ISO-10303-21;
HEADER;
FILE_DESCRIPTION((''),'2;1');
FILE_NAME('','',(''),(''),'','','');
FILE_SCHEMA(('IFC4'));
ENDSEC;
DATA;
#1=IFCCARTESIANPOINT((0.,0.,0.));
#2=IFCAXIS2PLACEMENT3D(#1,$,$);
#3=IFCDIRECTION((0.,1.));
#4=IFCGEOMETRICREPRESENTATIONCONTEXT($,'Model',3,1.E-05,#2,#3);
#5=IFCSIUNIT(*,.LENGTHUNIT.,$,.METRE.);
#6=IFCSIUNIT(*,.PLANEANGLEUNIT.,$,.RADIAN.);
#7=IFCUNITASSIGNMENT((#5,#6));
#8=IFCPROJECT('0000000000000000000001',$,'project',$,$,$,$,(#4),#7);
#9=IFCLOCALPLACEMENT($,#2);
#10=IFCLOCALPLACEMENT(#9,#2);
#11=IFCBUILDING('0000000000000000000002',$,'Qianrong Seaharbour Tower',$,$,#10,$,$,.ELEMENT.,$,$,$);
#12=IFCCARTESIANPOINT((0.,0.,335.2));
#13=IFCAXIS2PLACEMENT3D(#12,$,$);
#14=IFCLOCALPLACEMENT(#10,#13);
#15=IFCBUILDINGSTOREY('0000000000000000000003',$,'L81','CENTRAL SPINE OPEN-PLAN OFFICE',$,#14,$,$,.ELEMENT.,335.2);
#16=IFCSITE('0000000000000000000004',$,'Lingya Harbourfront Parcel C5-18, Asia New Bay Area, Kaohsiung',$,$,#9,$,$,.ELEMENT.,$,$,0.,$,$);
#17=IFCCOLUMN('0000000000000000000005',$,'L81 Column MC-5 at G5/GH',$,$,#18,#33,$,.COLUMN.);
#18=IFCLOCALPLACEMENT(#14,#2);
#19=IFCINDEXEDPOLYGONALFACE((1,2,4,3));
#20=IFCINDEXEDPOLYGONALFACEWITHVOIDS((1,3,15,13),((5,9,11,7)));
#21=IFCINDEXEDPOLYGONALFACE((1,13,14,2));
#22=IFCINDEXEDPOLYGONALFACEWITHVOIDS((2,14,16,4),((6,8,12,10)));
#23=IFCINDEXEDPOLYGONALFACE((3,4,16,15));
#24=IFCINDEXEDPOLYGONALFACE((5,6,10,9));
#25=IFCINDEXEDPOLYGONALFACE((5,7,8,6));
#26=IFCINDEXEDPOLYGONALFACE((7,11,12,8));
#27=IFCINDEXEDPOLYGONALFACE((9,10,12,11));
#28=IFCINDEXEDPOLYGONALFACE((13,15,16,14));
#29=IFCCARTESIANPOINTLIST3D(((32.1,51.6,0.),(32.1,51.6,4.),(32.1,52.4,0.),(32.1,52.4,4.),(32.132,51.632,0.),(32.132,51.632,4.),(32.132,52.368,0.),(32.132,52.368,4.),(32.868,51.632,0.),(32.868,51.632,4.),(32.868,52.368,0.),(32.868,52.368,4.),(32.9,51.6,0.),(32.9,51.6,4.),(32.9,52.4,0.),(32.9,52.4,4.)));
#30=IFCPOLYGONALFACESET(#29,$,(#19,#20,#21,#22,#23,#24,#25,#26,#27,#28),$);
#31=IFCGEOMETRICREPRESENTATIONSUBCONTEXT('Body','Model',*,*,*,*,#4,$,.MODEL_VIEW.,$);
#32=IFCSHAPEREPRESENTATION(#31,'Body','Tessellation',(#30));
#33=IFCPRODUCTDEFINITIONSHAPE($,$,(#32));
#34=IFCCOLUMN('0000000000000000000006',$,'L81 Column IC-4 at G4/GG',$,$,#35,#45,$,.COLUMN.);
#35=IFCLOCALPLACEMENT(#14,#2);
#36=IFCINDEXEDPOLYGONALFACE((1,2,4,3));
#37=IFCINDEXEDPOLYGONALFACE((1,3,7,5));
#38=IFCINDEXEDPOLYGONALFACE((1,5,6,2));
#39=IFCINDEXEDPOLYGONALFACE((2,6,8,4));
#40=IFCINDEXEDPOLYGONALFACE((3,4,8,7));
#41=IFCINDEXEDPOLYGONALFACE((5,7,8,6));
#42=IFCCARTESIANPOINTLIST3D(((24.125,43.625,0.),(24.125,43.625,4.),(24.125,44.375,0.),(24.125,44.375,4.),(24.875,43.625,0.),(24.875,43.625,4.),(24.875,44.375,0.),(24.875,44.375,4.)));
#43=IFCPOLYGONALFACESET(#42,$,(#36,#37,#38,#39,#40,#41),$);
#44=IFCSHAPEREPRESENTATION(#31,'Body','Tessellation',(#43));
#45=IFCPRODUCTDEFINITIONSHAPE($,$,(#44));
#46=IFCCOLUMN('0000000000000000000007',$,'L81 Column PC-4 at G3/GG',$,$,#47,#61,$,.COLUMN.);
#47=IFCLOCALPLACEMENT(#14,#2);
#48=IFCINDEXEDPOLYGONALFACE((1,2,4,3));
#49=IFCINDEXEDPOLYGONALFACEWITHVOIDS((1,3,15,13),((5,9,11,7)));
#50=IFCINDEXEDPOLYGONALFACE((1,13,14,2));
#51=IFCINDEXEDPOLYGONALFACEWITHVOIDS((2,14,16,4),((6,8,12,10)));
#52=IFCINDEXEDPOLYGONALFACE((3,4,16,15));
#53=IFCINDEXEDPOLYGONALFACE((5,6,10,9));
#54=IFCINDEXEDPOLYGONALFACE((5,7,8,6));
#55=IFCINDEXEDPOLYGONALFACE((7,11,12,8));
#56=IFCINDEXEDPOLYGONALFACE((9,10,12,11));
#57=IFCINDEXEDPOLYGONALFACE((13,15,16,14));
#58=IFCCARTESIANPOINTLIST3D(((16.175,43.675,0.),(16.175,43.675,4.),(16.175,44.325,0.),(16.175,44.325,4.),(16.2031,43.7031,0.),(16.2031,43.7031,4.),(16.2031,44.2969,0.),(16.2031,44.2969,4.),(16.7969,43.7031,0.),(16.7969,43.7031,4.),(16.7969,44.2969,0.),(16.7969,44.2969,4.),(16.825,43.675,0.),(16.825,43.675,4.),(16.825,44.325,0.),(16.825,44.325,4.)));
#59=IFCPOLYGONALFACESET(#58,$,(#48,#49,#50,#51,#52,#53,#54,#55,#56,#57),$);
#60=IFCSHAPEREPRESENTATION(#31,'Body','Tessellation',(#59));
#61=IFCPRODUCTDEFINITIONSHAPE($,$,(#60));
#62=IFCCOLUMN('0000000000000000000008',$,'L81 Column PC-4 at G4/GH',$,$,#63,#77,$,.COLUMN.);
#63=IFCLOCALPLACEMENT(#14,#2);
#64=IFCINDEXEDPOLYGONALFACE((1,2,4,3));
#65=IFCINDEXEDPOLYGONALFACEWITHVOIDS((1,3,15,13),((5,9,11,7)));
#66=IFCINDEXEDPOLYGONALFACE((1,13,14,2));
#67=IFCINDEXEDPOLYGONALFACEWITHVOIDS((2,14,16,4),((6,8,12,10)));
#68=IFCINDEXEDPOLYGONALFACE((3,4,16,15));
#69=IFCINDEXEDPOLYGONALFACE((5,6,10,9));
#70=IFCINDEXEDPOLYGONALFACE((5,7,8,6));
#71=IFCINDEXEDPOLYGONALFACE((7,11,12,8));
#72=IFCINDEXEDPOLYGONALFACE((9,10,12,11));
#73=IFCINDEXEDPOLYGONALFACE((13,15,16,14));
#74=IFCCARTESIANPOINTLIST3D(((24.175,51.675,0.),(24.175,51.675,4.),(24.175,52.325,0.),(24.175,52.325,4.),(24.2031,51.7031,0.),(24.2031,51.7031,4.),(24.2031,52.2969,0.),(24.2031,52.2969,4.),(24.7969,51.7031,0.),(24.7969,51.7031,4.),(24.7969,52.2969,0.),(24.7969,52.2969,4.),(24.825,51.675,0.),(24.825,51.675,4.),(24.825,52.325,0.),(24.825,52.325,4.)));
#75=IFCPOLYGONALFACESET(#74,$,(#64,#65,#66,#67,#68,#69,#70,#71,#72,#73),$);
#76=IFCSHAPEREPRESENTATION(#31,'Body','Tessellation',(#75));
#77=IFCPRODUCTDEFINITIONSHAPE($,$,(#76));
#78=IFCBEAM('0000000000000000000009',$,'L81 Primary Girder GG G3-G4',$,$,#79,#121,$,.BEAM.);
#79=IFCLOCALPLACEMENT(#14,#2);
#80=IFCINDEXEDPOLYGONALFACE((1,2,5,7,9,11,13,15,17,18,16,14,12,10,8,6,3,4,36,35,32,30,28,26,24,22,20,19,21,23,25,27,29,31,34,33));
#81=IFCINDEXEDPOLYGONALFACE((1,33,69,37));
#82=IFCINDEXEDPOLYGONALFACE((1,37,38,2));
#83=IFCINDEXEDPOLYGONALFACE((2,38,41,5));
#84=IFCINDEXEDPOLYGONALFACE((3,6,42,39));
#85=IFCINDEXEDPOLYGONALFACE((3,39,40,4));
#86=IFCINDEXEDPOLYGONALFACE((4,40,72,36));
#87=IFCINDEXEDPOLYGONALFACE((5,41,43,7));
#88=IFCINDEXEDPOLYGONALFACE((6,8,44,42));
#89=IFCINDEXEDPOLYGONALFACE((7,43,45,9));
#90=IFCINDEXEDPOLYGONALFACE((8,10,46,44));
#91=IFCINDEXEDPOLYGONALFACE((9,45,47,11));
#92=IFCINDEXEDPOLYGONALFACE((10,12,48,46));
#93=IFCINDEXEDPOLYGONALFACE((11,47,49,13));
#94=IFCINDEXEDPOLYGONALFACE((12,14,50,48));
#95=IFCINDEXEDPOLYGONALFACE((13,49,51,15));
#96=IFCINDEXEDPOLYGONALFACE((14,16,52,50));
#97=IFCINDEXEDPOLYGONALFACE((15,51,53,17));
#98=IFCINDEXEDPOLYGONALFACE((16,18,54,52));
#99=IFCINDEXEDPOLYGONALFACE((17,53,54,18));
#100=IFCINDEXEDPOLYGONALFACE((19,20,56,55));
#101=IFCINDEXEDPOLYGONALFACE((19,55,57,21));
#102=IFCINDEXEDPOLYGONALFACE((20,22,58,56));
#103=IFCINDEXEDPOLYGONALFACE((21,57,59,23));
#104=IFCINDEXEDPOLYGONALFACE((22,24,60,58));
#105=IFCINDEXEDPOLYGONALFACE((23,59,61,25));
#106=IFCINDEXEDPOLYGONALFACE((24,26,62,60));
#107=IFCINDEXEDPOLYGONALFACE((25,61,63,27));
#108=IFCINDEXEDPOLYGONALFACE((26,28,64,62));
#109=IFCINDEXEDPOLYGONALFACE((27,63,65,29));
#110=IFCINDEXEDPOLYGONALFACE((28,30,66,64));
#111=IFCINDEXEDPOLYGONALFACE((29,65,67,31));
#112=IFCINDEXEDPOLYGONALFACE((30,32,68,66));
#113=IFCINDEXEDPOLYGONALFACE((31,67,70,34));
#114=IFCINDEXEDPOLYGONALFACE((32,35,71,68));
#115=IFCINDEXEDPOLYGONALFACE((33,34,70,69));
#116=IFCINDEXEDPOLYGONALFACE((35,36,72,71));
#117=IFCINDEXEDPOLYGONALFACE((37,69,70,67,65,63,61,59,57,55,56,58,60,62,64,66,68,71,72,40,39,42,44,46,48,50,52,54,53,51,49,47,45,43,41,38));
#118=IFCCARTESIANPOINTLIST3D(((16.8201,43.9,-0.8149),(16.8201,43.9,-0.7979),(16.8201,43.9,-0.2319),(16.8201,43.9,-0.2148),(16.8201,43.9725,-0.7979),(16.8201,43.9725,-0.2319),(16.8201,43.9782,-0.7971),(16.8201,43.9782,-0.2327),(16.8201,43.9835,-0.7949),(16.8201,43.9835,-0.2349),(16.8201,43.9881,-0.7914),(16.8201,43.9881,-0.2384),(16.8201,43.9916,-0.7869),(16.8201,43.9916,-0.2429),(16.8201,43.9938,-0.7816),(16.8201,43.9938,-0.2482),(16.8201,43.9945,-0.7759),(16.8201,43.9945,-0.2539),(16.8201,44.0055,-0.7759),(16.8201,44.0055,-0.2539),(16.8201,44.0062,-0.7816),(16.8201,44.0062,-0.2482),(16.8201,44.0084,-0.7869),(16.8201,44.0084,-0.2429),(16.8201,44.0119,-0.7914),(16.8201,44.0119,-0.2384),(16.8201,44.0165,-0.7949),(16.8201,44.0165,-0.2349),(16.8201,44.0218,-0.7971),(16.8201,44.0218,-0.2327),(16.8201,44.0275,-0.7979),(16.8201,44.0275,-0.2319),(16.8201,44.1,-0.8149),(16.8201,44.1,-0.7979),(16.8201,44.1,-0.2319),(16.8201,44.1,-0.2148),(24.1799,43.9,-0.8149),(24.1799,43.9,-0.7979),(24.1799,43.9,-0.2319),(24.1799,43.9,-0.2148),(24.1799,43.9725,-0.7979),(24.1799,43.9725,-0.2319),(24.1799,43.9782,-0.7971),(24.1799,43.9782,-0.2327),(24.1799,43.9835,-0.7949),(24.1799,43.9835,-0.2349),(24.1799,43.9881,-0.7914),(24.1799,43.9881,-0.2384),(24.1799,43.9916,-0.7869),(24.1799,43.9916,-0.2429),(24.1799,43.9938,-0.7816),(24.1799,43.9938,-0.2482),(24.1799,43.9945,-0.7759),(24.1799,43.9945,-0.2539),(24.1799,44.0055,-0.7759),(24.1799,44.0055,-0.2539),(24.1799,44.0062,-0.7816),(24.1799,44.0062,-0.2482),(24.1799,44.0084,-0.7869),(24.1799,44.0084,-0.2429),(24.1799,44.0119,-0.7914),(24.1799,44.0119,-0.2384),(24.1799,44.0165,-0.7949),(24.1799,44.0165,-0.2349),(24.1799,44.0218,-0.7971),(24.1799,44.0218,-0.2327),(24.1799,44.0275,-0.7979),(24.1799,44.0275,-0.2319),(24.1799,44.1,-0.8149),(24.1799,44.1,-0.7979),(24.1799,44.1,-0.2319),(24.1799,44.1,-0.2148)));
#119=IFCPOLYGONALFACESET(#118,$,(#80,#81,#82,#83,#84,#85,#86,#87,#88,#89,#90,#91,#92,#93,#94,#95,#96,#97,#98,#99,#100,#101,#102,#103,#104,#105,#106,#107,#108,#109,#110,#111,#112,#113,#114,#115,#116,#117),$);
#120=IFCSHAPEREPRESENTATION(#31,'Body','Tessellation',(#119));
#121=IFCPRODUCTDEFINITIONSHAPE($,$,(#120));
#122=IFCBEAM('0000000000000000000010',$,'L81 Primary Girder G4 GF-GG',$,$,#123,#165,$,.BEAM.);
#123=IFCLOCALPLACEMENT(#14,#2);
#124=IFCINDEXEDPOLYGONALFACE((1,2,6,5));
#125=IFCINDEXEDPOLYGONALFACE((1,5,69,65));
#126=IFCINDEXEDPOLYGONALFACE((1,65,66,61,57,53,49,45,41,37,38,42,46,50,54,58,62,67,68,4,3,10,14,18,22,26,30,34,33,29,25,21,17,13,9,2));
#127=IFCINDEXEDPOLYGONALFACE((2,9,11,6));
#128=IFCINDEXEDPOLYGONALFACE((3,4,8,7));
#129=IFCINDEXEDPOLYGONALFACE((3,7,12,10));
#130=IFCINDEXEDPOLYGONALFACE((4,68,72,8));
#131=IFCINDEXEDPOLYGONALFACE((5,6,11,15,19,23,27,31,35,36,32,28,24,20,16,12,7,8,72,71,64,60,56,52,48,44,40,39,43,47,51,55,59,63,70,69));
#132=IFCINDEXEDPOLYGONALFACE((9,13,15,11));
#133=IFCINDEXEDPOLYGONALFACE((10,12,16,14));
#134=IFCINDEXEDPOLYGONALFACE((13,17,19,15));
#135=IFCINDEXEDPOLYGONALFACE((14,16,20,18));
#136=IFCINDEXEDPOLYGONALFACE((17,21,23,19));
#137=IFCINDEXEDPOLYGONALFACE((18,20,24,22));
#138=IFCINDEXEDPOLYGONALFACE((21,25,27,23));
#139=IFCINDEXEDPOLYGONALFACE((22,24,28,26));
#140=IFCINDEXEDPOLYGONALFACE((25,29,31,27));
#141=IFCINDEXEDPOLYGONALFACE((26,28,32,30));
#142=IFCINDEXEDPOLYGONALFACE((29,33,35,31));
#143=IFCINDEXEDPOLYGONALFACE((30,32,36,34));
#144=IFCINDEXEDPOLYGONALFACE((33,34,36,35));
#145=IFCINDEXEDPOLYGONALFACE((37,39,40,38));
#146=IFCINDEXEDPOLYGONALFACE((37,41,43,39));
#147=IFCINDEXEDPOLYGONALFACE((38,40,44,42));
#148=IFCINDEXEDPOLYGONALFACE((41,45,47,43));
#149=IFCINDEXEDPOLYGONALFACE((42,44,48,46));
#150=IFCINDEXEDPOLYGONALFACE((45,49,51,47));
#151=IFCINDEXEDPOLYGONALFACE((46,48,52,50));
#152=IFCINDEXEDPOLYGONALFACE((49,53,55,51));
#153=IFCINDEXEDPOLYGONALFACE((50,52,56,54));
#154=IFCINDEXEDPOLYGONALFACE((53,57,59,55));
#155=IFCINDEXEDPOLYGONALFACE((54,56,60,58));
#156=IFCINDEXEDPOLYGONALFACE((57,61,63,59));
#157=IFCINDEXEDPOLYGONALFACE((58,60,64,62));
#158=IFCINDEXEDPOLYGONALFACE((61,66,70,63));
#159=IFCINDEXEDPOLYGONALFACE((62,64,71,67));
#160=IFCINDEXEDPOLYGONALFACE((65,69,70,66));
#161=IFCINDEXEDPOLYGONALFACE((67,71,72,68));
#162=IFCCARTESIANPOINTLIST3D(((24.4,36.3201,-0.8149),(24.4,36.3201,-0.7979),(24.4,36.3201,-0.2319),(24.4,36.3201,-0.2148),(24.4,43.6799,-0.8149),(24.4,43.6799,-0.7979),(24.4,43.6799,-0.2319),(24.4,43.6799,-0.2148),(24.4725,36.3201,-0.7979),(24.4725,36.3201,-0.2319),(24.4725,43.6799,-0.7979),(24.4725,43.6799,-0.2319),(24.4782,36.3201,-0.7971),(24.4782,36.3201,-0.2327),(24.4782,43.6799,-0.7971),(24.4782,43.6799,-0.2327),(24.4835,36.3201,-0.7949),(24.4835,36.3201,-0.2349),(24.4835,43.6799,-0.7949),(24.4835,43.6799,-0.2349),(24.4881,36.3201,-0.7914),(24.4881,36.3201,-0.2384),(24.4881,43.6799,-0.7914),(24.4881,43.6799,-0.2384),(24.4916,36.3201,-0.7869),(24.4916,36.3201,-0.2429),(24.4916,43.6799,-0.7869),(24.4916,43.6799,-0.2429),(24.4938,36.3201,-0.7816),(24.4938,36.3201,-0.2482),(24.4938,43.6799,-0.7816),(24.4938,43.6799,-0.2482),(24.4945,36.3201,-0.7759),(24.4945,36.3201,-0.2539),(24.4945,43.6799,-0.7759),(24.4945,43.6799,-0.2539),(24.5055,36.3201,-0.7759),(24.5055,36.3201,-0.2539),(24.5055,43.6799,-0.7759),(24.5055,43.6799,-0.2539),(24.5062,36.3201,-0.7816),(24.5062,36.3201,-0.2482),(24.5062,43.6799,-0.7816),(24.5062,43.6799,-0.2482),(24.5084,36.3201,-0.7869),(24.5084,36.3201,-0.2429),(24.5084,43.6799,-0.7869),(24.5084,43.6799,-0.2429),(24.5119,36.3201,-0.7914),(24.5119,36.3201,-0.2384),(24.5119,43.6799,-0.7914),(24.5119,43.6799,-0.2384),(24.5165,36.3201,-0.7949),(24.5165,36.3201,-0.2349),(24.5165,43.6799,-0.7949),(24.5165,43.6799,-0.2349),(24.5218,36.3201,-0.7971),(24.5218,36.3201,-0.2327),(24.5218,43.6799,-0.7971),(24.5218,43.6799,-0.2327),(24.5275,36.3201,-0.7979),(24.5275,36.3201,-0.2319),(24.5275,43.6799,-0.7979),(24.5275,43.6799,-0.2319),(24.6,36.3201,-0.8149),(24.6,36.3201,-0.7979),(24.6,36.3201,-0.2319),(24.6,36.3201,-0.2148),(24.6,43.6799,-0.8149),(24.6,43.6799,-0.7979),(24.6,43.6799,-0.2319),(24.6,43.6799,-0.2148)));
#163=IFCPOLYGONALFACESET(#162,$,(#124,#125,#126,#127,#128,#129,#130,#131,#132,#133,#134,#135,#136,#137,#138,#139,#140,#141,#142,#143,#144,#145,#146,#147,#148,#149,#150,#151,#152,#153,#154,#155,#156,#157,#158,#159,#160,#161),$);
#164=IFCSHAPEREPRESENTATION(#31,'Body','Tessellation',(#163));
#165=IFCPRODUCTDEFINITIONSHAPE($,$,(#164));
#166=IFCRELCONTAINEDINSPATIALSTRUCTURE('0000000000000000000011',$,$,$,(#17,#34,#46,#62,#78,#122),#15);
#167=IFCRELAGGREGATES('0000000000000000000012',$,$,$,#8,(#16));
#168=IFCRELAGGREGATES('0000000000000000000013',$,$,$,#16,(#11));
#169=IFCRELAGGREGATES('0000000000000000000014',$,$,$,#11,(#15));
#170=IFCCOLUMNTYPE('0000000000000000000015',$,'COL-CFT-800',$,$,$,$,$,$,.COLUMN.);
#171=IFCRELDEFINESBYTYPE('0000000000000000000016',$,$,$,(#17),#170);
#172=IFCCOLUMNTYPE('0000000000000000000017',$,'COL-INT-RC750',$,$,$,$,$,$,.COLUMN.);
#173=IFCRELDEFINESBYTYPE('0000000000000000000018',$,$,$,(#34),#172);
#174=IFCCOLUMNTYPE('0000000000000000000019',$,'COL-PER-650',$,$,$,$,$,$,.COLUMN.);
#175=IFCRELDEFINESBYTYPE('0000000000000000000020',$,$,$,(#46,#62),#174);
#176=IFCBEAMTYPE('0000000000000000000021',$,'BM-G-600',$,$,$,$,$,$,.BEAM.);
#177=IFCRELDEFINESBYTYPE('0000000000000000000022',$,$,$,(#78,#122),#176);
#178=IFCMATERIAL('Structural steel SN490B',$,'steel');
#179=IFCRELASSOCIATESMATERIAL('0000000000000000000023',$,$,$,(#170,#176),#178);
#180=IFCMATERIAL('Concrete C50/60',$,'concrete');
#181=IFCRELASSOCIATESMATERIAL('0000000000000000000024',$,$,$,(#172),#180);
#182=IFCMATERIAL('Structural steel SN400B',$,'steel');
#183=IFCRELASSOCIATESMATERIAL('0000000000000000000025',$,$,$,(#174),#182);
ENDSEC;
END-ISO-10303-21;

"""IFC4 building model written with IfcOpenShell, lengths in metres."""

from ifc_helpers import new_model, si_unit, direction, frame, origin, origin_2d, place, context, subcontext, project, spatial, rectangle, hollow_rectangle, i_section, extrude, material, material_profile, profile_set, type_object, element, save


model = new_model("IFC4")

# Units and contexts
model_context = context("Model", 3, precision=1e-05, world=origin(), true_north=direction((0.0, 1.0)))
body_context = subcontext(model_context, "Body", "Model", "MODEL_VIEW")
ifc_project = project(units=[si_unit("LENGTHUNIT", "METRE"), si_unit("PLANEANGLEUNIT", "RADIAN")], contexts=[model_context])

# Site, building, storey
site_placement = place(None, origin())
site = spatial("IfcSite", under=ifc_project, at=site_placement, Name="Lingya Harbourfront Parcel C5-18, Asia New Bay Area, Kaohsiung", CompositionType="ELEMENT", RefElevation=0.0)
building_placement = place(site_placement, origin())
building = spatial("IfcBuilding", under=site, at=building_placement, Name="Qianrong Seaharbour Tower", CompositionType="ELEMENT")
storey_placement = place(building_placement, frame((0.0, 0.0, 335.2)))
storey = spatial("IfcBuildingStorey", under=building, at=storey_placement, Name="L81", Description="CENTRAL SPINE OPEN-PLAN OFFICE", CompositionType="ELEMENT", Elevation=335.2)

# Columns
ifc_material_1 = material(Name="Structural steel SN490B", Category="steel")
ifc_material_profile_1 = material_profile(ifc_material_1, hollow_rectangle(XDim=0.8, YDim=0.8, WallThickness=0.032, at=origin_2d()), Name="BOX800x800x32")
ifc_profile_set_1 = profile_set([ifc_material_profile_1], Name="Structural steel SN490B")
column_type_1 = type_object("IfcColumnType", Name="COL-CFT-800", PredefinedType="COLUMN", material=ifc_profile_set_1)
column_1_placement = place(storey_placement, frame((32.5, 52.0, 0.0), z_axis=(0.0, 0.0, 1.0), x_axis=(1.0, 0.0, 0.0)))
element("IfcColumn", 1, at=column_1_placement, inside=storey, type_object=column_type_1, Name="L81 Column MC-5 at G5/GH", PredefinedType="COLUMN", context=body_context, shape_type="SweptSolid", body=[
    extrude(hollow_rectangle(XDim=0.8, YDim=0.8, WallThickness=0.032, at=origin_2d()), origin(), (0.0, 0.0, 1.0), 4.0),
])
ifc_material_2 = material(Name="Concrete C50/60", Category="concrete")
ifc_material_profile_2 = material_profile(ifc_material_2, rectangle(XDim=0.75, YDim=0.75, at=origin_2d()), Name="RC750x750")
ifc_profile_set_2 = profile_set([ifc_material_profile_2], Name="Concrete C50/60")
column_type_2 = type_object("IfcColumnType", Name="COL-INT-RC750", PredefinedType="COLUMN", material=ifc_profile_set_2)
column_2_placement = place(storey_placement, frame((24.5, 44.0, 0.0), z_axis=(0.0, 0.0, 1.0), x_axis=(1.0, 0.0, 0.0)))
element("IfcColumn", 2, at=column_2_placement, inside=storey, type_object=column_type_2, Name="L81 Column IC-4 at G4/GG", PredefinedType="COLUMN", context=body_context, shape_type="SweptSolid", body=[
    extrude(rectangle(XDim=0.75, YDim=0.75, at=origin_2d()), origin(), (0.0, 0.0, 1.0), 4.0),
])
ifc_material_3 = material(Name="Structural steel SN400B", Category="steel")
ifc_material_profile_3 = material_profile(ifc_material_3, hollow_rectangle(XDim=0.6499, YDim=0.6499, WallThickness=0.0281, at=origin_2d()), Name="BOX650x650x28")
ifc_profile_set_3 = profile_set([ifc_material_profile_3], Name="Structural steel SN400B")
column_type_3 = type_object("IfcColumnType", Name="COL-PER-650", PredefinedType="COLUMN", material=ifc_profile_set_3)
for number, where, z_axis, x_axis, name in (
    (3, (16.5, 44.0, 0.0), (0.0, 0.0, 1.0), (1.0, 0.0, 0.0), "L81 Column PC-4 at G3/GG"),
    (4, (24.5, 52.0, 0.0), (0.0, 0.0, 1.0), (1.0, 0.0, 0.0), "L81 Column PC-4 at G4/GH"),
):
    element("IfcColumn", number, at=place(storey_placement, frame(where, z_axis=z_axis, x_axis=x_axis)), inside=storey, type_object=column_type_3, Name=name, PredefinedType="COLUMN", context=body_context, shape_type="SweptSolid", body=[
        extrude(hollow_rectangle(XDim=0.6499, YDim=0.6499, WallThickness=0.0281, at=origin_2d()), origin(), (0.0, 0.0, 1.0), 4.0),
    ])

# Beams
ifc_material_profile_4 = material_profile(ifc_material_1, i_section(OverallWidth=0.2, OverallDepth=0.6001, WebThickness=0.011, FlangeThickness=0.0171, FilletRadius=0.022, at=origin_2d()), Name="H600x200x11x17")
ifc_profile_set_4 = profile_set([ifc_material_profile_4], Name="Structural steel SN490B")
beam_type_1 = type_object("IfcBeamType", Name="BM-G-600", PredefinedType="BEAM", material=ifc_profile_set_4)
for number, where, z_axis, x_axis, name in (
    (5, (16.8201, 44.0, -0.5149), (1.0, 0.0, 0.0), (0.0, 1.0, 0.0), "L81 Primary Girder GG G3-G4"),
    (6, (24.5, 36.3201, -0.5149), (0.0, 1.0, 0.0), (-1.0, 0.0, 0.0), "L81 Primary Girder G4 GF-GG"),
):
    element("IfcBeam", number, at=place(storey_placement, frame(where, z_axis=z_axis, x_axis=x_axis)), inside=storey, type_object=beam_type_1, Name=name, PredefinedType="BEAM", context=body_context, shape_type="SweptSolid", body=[
        extrude(i_section(OverallWidth=0.2, OverallDepth=0.6001, WebThickness=0.011, FlangeThickness=0.0171, FilletRadius=0.022, at=origin_2d()), origin(), (0.0, 0.0, 1.0), 7.3599),
    ])

save(model, "model.ifc")
